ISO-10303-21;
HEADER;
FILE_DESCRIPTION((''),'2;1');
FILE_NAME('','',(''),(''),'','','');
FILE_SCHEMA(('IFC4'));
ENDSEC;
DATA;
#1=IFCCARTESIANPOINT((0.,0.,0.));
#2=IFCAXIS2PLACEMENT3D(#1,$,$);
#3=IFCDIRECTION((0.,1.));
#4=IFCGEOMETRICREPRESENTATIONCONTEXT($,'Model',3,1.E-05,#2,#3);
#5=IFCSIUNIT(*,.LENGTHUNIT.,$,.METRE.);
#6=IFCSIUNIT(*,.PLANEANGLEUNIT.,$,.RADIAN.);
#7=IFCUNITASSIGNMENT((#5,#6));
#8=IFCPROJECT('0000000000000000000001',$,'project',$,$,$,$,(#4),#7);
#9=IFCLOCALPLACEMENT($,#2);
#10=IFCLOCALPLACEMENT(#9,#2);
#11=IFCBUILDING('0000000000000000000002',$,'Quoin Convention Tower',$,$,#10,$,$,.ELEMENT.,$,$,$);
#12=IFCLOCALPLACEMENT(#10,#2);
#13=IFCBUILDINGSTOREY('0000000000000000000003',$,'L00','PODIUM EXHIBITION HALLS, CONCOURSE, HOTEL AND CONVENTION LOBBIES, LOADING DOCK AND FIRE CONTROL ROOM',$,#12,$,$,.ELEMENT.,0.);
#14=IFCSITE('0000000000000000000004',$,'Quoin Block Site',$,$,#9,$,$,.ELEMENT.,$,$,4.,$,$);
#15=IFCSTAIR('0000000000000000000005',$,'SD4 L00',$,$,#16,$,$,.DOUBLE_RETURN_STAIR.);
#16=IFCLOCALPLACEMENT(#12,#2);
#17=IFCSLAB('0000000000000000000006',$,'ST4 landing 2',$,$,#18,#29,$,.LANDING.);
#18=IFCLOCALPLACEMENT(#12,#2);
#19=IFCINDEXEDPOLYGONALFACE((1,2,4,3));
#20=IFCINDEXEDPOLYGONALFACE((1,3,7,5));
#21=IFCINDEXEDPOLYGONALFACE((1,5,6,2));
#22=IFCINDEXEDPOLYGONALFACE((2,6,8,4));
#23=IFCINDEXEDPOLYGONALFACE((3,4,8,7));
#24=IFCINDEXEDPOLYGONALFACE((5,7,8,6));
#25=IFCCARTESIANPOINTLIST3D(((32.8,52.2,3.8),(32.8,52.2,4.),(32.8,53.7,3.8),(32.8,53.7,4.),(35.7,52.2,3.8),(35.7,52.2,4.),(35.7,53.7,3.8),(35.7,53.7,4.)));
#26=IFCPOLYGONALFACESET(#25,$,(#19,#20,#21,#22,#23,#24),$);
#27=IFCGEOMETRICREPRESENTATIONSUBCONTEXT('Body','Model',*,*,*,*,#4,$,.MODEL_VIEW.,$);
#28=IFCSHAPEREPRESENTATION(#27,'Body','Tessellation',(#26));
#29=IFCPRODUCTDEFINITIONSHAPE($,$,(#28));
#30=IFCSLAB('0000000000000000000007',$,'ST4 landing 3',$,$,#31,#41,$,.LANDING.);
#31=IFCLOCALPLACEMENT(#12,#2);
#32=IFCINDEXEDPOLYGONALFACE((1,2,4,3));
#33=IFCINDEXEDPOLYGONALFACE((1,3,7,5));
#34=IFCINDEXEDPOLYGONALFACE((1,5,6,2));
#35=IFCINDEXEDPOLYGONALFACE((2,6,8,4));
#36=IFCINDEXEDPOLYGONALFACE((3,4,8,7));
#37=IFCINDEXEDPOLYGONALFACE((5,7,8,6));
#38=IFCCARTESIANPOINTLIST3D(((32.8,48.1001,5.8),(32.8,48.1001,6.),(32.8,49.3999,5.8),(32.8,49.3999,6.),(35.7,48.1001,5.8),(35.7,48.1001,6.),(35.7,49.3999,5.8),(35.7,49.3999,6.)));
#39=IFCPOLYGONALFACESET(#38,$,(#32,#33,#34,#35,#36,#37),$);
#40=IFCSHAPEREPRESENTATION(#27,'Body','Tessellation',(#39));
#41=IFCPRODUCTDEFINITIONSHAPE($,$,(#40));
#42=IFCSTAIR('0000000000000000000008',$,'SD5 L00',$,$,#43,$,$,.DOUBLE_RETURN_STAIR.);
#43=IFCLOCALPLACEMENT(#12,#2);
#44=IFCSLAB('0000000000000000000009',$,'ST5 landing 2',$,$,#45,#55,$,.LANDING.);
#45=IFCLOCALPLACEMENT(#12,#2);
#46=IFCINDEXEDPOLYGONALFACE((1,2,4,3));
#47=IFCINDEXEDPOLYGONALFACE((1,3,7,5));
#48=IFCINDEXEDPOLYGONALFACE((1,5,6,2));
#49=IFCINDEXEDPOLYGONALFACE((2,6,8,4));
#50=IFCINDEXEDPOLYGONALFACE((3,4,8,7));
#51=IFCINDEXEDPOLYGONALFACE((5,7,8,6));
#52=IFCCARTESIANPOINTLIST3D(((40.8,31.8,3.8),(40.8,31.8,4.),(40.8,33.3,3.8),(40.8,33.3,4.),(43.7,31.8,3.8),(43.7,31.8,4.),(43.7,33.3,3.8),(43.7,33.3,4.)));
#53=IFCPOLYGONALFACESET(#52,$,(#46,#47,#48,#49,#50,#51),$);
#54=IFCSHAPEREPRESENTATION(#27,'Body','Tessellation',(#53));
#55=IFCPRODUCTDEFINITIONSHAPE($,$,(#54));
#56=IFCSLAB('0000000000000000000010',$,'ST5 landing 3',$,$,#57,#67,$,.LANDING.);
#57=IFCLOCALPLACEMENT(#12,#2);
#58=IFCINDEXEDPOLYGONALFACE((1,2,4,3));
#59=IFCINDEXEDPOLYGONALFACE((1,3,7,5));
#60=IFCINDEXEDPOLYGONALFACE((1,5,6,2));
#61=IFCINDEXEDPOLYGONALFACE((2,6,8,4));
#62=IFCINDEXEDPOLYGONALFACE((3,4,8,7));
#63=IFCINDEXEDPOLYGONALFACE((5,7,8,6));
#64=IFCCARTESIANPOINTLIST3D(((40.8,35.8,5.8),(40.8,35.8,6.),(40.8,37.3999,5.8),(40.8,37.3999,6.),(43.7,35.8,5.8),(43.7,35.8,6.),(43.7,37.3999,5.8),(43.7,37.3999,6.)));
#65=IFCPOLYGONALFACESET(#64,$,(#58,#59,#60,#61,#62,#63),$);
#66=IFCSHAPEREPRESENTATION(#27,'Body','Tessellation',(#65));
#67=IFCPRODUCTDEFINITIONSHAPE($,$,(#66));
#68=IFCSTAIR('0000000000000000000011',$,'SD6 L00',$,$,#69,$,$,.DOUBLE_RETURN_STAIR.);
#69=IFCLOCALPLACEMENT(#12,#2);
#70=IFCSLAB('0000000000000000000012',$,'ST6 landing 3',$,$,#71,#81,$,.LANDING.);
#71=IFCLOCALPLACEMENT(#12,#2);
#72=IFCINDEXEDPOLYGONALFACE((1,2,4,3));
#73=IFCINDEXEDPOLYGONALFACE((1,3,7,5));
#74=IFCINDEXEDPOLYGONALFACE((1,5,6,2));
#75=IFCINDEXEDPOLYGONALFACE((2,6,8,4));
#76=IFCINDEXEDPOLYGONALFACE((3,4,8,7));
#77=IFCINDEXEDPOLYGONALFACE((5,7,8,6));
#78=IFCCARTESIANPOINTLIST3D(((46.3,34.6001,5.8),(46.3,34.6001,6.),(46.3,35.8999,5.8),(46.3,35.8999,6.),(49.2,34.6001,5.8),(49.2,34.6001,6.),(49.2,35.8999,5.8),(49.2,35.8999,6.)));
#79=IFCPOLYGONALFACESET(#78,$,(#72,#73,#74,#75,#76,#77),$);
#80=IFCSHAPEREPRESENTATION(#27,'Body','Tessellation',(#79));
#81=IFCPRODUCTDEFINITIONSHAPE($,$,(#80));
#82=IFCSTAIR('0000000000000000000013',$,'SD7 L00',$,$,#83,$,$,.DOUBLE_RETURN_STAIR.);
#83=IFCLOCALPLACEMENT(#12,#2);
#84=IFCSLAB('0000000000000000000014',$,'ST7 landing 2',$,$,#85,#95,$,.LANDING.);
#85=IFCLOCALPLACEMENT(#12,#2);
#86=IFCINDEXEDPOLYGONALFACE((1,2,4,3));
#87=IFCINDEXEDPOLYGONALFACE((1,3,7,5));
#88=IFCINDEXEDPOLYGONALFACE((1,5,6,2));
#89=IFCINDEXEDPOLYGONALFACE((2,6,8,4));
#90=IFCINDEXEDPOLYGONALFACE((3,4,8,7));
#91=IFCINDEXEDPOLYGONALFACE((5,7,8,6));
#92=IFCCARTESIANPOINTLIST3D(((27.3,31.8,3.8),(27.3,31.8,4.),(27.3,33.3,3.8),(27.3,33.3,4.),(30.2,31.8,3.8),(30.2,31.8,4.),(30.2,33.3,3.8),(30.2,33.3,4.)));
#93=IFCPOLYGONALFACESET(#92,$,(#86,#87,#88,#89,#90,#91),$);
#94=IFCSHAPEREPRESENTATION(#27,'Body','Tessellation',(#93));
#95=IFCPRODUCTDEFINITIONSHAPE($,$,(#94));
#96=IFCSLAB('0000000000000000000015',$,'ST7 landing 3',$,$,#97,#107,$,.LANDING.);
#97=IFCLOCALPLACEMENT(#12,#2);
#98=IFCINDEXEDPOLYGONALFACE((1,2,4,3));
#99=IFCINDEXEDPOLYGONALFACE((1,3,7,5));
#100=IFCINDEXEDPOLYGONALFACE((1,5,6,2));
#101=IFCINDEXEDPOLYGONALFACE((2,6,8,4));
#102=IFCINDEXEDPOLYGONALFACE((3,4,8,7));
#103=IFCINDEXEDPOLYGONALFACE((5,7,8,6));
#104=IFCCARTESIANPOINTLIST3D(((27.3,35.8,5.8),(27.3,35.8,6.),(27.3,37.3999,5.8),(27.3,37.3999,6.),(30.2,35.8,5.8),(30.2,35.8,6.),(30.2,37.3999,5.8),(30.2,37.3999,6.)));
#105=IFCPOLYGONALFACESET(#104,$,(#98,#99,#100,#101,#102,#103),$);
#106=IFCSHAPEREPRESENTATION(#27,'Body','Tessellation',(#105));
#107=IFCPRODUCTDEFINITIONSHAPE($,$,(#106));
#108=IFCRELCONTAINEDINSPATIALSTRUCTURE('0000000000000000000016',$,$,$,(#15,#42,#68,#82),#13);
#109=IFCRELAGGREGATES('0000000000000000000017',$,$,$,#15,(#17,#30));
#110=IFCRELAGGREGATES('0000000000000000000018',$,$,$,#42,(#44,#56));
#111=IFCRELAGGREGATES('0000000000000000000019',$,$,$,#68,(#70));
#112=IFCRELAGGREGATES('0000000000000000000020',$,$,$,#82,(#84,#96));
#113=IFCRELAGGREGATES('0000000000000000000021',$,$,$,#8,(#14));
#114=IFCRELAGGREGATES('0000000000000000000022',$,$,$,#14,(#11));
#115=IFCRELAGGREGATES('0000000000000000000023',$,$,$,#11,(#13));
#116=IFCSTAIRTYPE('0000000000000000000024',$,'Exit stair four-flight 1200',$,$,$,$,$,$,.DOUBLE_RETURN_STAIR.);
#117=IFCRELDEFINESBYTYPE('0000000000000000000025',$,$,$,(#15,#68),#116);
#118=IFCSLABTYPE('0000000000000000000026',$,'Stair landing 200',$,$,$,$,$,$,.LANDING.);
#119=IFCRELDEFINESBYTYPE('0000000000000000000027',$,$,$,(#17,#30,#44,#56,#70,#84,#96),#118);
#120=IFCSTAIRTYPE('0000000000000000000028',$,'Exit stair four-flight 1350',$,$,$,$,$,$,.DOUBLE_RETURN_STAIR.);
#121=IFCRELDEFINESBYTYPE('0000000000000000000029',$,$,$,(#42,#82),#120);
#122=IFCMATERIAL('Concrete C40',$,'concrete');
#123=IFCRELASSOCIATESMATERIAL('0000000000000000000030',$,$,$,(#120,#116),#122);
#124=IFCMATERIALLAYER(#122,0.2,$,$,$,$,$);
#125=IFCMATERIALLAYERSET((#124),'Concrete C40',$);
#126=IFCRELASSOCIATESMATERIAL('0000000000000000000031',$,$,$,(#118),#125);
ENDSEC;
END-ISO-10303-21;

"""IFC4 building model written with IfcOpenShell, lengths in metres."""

from ifc_helpers import new_model, si_unit, direction, frame, origin, place, context, subcontext, project, spatial, polyline, outline, extrude, material, layer, layer_set, type_object, element, aggregate, save


model = new_model("IFC4")

# Units and contexts
model_context = context("Model", 3, precision=1e-05, world=origin(), true_north=direction((0.0, 1.0)))
body_context = subcontext(model_context, "Body", "Model", "MODEL_VIEW")
ifc_project = project(units=[si_unit("LENGTHUNIT", "METRE"), si_unit("PLANEANGLEUNIT", "RADIAN")], contexts=[model_context])

# Site, building, storey
site_placement = place(None, origin())
site = spatial("IfcSite", under=ifc_project, at=site_placement, Name="Quoin Block Site", CompositionType="ELEMENT", RefElevation=4.0)
building_placement = place(site_placement, origin())
building = spatial("IfcBuilding", under=site, at=building_placement, Name="Quoin Convention Tower", CompositionType="ELEMENT")
storey_placement = place(building_placement, origin())
storey = spatial("IfcBuildingStorey", under=building, at=storey_placement, Name="L00", Description="PODIUM EXHIBITION HALLS, CONCOURSE, HOTEL AND CONVENTION LOBBIES, LOADING DOCK AND FIRE CONTROL ROOM", CompositionType="ELEMENT", Elevation=0.0)

# Shared definitions
ifc_material_1 = material(Name="Concrete C40", Category="concrete")

# Stairs, slabs
stair_type_1 = type_object("IfcStairType", Name="Exit stair four-flight 1350", PredefinedType="DOUBLE_RETURN_STAIR", material=ifc_material_1)
ifc_layer_1 = layer(ifc_material_1, 0.2)
ifc_layer_set_1 = layer_set([ifc_layer_1], Name="Concrete C40")
slab_type_1 = type_object("IfcSlabType", Name="Stair landing 200", PredefinedType="LANDING", material=ifc_layer_set_1)
stair_type_2 = type_object("IfcStairType", Name="Exit stair four-flight 1200", PredefinedType="DOUBLE_RETURN_STAIR", material=ifc_material_1)
stair_1_placement = place(storey_placement, origin())
stair_1 = element("IfcStair", 1, at=stair_1_placement, inside=storey, type_object=stair_type_2, Name="SD4 L00", PredefinedType="DOUBLE_RETURN_STAIR")
slab_1_placement = place(storey_placement, frame((0.0, 0.0, 3.8)))
slab_1 = element("IfcSlab", 2, at=slab_1_placement, type_object=slab_type_1, Name="ST4 landing 2", PredefinedType="LANDING", context=body_context, shape_type="SweptSolid", body=[
    extrude(outline(polyline([(35.7, 53.7), (32.8, 53.7), (32.8, 52.2), (35.7, 52.2), (35.7, 53.7)])), origin(), (0.0, 0.0, 1.0), 0.2),
])
slab_2_placement = place(storey_placement, frame((0.0, 0.0, 5.8)))
slab_2 = element("IfcSlab", 3, at=slab_2_placement, type_object=slab_type_1, Name="ST4 landing 3", PredefinedType="LANDING", context=body_context, shape_type="SweptSolid", body=[
    extrude(outline(polyline([(35.7, 49.3999), (32.8, 49.3999), (32.8, 48.1001), (35.7, 48.1001), (35.7, 49.3999)])), origin(), (0.0, 0.0, 1.0), 0.2),
])
aggregate(stair_1, [slab_1, slab_2])
stair_2_placement = place(storey_placement, origin())
stair_2 = element("IfcStair", 4, at=stair_2_placement, inside=storey, type_object=stair_type_1, Name="SD5 L00", PredefinedType="DOUBLE_RETURN_STAIR")
slab_3_placement = place(storey_placement, frame((0.0, 0.0, 3.8)))
slab_3 = element("IfcSlab", 5, at=slab_3_placement, type_object=slab_type_1, Name="ST5 landing 2", PredefinedType="LANDING", context=body_context, shape_type="SweptSolid", body=[
    extrude(outline(polyline([(40.8, 31.8), (43.7, 31.8), (43.7, 33.3), (40.8, 33.3), (40.8, 31.8)])), origin(), (0.0, 0.0, 1.0), 0.2),
])
slab_4_placement = place(storey_placement, frame((0.0, 0.0, 5.8)))
slab_4 = element("IfcSlab", 6, at=slab_4_placement, type_object=slab_type_1, Name="ST5 landing 3", PredefinedType="LANDING", context=body_context, shape_type="SweptSolid", body=[
    extrude(outline(polyline([(40.8, 35.8), (43.7, 35.8), (43.7, 37.3999), (40.8, 37.3999), (40.8, 35.8)])), origin(), (0.0, 0.0, 1.0), 0.2),
])
aggregate(stair_2, [slab_3, slab_4])

# Stair, slab
stair_3_placement = place(storey_placement, origin())
stair_3 = element("IfcStair", 7, at=stair_3_placement, inside=storey, type_object=stair_type_2, Name="SD6 L00", PredefinedType="DOUBLE_RETURN_STAIR")
slab_5_placement = place(storey_placement, frame((0.0, 0.0, 5.8)))
slab_5 = element("IfcSlab", 8, at=slab_5_placement, type_object=slab_type_1, Name="ST6 landing 3", PredefinedType="LANDING", context=body_context, shape_type="SweptSolid", body=[
    extrude(outline(polyline([(49.2, 35.8999), (46.3, 35.8999), (46.3, 34.6001), (49.2, 34.6001), (49.2, 35.8999)])), origin(), (0.0, 0.0, 1.0), 0.2),
])
aggregate(stair_3, [slab_5])

# Stair, slabs
stair_4_placement = place(storey_placement, origin())
stair_4 = element("IfcStair", 9, at=stair_4_placement, inside=storey, type_object=stair_type_1, Name="SD7 L00", PredefinedType="DOUBLE_RETURN_STAIR")
slab_6_placement = place(storey_placement, frame((0.0, 0.0, 3.8)))
slab_6 = element("IfcSlab", 10, at=slab_6_placement, type_object=slab_type_1, Name="ST7 landing 2", PredefinedType="LANDING", context=body_context, shape_type="SweptSolid", body=[
    extrude(outline(polyline([(27.3, 31.8), (30.2, 31.8), (30.2, 33.3), (27.3, 33.3), (27.3, 31.8)])), origin(), (0.0, 0.0, 1.0), 0.2),
])
slab_7_placement = place(storey_placement, frame((0.0, 0.0, 5.8)))
slab_7 = element("IfcSlab", 11, at=slab_7_placement, type_object=slab_type_1, Name="ST7 landing 3", PredefinedType="LANDING", context=body_context, shape_type="SweptSolid", body=[
    extrude(outline(polyline([(27.3, 35.8), (30.2, 35.8), (30.2, 37.3999), (27.3, 37.3999), (27.3, 35.8)])), origin(), (0.0, 0.0, 1.0), 0.2),
])
aggregate(stair_4, [slab_6, slab_7])

save(model, "model.ifc")
